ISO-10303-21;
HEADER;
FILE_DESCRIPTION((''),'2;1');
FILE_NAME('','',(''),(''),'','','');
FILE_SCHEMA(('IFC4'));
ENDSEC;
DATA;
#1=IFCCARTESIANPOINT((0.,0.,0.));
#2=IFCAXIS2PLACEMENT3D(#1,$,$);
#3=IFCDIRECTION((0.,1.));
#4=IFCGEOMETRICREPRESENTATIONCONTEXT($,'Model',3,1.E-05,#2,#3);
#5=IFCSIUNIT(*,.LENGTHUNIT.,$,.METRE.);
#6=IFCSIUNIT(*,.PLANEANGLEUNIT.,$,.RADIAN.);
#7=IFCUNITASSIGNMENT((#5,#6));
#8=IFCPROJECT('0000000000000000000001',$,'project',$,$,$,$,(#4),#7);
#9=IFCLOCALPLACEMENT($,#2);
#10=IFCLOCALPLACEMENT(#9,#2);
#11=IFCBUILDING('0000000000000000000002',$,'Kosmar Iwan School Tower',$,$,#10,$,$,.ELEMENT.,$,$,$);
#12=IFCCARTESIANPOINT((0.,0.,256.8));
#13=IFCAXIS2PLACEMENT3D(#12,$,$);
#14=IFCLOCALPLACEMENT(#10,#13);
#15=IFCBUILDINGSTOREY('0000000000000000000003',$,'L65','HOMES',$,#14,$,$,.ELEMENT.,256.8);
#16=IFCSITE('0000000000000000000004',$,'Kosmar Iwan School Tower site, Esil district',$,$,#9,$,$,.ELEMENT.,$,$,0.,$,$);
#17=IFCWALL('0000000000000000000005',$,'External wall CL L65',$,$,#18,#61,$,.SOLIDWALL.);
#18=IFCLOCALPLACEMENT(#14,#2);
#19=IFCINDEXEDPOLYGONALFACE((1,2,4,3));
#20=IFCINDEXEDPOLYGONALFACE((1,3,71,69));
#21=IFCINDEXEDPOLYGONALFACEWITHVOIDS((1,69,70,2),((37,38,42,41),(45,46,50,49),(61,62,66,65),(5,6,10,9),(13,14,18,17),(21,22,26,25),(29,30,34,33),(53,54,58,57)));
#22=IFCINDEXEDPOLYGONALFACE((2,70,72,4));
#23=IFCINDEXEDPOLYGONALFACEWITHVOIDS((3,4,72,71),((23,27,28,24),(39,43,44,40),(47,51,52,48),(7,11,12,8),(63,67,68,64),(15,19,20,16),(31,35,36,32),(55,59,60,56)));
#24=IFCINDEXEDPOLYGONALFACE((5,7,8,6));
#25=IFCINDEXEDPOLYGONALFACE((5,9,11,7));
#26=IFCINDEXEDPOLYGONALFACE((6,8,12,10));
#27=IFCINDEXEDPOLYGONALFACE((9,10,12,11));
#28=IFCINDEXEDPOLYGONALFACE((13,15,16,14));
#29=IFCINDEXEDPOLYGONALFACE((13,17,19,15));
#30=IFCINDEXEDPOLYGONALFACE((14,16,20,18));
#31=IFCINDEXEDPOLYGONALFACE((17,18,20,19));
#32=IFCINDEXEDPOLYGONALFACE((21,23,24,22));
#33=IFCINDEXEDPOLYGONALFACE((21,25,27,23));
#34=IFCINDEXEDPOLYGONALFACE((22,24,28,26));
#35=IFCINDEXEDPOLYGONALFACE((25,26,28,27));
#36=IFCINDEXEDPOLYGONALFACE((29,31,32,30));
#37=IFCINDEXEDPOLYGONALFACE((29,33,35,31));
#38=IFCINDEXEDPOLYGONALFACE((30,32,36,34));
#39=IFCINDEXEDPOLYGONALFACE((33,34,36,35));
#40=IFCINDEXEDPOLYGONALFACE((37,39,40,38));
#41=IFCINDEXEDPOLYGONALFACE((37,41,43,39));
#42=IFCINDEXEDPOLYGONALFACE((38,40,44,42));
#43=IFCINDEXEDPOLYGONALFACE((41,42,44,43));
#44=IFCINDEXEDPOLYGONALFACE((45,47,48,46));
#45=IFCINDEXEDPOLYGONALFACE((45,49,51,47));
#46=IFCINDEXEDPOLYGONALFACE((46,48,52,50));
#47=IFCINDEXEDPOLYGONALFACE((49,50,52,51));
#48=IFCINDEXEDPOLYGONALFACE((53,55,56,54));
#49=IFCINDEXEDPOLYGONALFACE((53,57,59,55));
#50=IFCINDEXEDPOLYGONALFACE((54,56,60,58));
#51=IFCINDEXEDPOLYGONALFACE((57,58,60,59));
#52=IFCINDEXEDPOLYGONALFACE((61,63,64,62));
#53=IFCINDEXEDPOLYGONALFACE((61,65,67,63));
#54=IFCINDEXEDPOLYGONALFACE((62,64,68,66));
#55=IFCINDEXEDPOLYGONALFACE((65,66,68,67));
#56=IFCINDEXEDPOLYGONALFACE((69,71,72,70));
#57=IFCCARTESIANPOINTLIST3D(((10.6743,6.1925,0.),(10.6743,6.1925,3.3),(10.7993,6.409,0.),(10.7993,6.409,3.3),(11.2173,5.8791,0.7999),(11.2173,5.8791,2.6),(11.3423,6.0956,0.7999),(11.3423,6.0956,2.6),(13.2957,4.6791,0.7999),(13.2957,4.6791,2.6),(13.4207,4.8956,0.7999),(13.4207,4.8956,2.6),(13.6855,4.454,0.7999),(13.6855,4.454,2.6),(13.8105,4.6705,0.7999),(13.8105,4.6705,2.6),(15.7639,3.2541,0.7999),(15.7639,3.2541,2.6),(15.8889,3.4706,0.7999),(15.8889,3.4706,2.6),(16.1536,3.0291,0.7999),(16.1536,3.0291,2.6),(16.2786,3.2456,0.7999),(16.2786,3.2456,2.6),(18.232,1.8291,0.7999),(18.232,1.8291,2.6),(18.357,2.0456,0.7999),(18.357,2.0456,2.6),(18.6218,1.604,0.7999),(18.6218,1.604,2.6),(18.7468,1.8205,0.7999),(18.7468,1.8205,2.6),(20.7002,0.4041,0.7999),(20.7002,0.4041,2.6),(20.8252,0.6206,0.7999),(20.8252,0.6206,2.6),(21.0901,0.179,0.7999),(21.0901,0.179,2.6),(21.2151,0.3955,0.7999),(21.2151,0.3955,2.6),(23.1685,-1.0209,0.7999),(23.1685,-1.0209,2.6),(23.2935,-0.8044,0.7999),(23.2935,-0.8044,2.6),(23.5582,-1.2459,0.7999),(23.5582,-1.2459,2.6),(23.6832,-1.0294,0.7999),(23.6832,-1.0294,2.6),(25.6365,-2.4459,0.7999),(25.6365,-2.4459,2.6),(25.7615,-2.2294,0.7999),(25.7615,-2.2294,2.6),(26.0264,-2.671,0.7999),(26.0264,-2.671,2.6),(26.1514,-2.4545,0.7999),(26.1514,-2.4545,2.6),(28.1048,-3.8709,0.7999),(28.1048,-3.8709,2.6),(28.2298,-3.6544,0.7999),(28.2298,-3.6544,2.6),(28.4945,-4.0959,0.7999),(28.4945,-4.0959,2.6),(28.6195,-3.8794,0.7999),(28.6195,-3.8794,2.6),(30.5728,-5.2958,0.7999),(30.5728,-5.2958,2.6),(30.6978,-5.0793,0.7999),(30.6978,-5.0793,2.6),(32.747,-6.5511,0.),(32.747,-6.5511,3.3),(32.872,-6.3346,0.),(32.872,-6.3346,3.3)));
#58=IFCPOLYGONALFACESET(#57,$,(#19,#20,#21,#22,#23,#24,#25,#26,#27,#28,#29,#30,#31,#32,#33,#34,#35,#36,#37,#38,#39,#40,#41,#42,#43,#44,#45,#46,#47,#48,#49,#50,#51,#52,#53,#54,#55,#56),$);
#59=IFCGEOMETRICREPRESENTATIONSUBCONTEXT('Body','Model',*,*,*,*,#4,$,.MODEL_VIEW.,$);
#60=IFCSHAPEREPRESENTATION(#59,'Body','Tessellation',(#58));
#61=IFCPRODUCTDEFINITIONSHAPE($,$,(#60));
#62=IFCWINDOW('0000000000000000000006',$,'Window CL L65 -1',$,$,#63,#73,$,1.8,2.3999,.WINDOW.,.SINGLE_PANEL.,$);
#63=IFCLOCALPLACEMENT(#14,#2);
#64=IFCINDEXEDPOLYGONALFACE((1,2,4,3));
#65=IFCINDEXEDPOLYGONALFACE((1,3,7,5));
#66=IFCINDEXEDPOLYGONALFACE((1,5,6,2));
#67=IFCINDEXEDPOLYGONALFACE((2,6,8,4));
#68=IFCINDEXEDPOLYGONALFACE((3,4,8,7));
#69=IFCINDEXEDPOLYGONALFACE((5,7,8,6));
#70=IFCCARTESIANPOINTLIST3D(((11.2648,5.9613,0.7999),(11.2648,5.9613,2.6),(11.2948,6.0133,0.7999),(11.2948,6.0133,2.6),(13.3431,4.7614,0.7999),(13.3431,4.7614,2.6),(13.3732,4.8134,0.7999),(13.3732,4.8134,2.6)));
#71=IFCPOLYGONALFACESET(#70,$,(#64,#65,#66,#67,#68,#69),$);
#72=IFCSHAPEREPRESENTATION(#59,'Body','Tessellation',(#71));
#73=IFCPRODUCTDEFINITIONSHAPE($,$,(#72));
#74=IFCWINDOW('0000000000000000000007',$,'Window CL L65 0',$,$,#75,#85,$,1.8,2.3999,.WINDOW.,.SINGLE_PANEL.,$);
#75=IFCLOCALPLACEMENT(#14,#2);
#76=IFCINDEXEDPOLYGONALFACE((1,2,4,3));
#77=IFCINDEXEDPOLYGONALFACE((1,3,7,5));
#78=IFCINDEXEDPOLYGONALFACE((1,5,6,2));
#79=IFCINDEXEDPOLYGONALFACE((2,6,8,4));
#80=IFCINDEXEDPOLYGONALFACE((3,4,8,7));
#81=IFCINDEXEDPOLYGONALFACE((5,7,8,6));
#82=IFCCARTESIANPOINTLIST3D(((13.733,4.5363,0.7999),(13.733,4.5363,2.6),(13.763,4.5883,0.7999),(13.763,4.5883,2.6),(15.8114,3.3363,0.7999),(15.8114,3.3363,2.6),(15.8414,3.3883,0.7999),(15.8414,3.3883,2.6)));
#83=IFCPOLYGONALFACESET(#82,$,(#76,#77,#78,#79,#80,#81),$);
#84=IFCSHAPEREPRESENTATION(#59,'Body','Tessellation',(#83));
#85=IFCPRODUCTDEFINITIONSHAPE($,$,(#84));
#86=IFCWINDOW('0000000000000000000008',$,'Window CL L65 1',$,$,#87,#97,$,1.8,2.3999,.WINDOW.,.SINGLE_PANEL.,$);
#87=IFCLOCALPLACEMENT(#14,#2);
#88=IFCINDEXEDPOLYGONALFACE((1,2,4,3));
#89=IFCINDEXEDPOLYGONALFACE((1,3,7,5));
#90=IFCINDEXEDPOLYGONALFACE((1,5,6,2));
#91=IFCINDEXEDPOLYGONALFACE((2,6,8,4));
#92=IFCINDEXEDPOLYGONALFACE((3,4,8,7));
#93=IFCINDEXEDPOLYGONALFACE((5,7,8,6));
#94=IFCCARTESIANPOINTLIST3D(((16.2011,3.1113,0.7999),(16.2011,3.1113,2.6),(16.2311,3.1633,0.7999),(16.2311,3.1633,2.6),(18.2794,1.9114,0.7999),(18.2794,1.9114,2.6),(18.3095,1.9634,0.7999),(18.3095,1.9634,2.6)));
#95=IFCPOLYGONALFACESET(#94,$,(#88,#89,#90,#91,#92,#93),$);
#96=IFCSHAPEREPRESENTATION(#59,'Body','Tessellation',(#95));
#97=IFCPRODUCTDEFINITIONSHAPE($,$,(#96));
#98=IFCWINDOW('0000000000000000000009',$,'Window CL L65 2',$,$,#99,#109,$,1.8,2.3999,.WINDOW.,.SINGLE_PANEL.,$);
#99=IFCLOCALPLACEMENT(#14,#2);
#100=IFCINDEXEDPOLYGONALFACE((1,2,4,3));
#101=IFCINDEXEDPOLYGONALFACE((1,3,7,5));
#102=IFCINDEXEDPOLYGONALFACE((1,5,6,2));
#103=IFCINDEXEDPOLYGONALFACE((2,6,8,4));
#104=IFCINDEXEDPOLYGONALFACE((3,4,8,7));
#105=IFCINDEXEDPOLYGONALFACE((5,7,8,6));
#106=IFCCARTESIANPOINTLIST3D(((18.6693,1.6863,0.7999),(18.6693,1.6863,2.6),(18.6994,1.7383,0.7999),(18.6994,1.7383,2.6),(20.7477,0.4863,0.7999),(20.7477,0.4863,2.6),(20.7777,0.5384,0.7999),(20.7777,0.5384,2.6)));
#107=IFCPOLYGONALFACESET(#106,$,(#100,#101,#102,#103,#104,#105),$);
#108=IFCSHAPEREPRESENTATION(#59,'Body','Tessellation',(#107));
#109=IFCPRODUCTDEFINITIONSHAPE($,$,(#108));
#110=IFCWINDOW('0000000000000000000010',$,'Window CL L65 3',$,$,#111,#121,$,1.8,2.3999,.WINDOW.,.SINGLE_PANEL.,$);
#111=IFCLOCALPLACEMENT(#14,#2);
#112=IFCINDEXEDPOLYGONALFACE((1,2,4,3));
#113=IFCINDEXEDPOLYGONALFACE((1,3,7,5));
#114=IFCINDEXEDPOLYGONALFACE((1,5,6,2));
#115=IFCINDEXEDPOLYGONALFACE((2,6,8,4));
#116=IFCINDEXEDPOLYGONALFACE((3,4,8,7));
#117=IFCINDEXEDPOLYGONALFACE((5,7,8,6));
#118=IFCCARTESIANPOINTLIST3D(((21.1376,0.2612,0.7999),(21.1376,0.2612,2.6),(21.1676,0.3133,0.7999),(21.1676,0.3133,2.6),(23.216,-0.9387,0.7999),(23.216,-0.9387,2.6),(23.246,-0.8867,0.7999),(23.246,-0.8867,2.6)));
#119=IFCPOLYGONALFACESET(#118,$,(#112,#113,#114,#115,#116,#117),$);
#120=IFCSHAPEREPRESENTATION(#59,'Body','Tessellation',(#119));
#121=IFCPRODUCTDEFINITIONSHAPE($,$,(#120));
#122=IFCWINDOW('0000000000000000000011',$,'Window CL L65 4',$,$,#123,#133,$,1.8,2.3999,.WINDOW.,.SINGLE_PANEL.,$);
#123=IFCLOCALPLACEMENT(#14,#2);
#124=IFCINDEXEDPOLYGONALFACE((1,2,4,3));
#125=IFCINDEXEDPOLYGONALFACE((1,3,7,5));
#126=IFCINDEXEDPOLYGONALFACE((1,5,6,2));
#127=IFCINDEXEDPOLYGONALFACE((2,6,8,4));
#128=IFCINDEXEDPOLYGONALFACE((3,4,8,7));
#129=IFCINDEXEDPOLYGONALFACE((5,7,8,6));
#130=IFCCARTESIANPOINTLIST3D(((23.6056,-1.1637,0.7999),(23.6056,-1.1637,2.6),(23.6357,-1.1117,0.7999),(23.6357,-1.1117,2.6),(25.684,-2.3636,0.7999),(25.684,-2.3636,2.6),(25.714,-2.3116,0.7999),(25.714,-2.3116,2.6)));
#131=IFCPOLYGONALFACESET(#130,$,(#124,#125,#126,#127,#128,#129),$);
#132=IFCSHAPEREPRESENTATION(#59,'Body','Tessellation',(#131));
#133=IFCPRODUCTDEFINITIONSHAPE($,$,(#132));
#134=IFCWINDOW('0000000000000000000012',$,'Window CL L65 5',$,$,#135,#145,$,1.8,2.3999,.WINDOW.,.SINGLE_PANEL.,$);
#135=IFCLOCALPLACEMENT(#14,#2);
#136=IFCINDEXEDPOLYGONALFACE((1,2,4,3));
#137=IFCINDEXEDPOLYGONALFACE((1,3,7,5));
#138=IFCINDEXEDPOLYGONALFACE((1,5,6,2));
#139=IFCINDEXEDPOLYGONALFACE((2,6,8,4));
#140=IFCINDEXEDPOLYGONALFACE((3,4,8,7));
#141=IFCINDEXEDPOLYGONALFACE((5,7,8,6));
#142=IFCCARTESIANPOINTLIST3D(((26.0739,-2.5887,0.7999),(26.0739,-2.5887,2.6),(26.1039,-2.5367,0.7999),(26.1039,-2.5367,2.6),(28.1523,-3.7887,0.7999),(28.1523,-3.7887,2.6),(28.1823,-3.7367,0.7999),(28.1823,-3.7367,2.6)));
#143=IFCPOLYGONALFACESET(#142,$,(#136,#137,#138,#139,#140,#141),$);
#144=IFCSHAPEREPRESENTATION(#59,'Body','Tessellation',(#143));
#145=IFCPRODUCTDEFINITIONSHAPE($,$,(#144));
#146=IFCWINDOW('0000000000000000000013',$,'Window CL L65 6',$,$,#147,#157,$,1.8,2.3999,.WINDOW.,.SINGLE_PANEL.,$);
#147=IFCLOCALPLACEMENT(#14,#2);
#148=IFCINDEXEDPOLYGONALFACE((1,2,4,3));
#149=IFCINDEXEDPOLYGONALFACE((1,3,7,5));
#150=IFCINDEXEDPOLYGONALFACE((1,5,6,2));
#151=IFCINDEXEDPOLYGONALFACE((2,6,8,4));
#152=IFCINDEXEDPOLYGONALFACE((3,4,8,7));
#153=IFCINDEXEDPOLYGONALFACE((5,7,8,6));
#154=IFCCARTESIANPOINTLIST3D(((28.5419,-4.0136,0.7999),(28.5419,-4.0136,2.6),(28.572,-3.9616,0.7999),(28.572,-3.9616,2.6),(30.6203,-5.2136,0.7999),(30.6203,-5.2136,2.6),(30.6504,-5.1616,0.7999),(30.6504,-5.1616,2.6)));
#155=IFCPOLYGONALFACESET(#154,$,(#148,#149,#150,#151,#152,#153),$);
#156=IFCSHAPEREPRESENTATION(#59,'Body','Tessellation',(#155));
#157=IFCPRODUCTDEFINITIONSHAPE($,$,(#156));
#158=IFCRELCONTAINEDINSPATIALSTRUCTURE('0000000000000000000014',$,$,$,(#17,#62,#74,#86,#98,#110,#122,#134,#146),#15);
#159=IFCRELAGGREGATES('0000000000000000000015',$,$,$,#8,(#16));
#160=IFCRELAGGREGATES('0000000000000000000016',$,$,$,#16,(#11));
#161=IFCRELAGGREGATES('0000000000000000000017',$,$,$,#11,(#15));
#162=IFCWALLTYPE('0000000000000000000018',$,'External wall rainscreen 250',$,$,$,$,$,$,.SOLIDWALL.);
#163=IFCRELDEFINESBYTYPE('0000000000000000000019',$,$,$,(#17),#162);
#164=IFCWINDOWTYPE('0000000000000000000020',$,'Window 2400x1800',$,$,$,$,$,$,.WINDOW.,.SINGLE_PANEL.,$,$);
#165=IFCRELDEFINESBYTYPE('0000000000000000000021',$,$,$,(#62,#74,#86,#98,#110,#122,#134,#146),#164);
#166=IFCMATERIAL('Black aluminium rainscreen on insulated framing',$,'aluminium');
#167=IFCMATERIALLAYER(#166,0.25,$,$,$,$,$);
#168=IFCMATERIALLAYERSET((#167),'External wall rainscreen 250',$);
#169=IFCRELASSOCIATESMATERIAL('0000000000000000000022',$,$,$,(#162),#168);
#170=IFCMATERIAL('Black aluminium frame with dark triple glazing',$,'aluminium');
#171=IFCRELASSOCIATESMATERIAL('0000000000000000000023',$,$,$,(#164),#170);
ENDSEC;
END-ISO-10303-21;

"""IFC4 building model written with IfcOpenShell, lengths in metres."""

from ifc_helpers import new_model, si_unit, direction, frame, frame_2d, origin, place, context, subcontext, project, spatial, rectangle, extrude, material, layer, layer_set, type_object, element, fill, save


model = new_model("IFC4")

# Units and contexts
model_context = context("Model", 3, precision=1e-05, world=origin(), true_north=direction((0.0, 1.0)))
body_context = subcontext(model_context, "Body", "Model", "MODEL_VIEW")
ifc_project = project(units=[si_unit("LENGTHUNIT", "METRE"), si_unit("PLANEANGLEUNIT", "RADIAN")], contexts=[model_context])

# Site, building, storey
site_placement = place(None, origin())
site = spatial("IfcSite", under=ifc_project, at=site_placement, Name="Kosmar Iwan School Tower site, Esil district", CompositionType="ELEMENT", RefElevation=0.0)
building_placement = place(site_placement, origin())
building = spatial("IfcBuilding", under=site, at=building_placement, Name="Kosmar Iwan School Tower", CompositionType="ELEMENT")
storey_placement = place(building_placement, frame((0.0, 0.0, 256.8)))
storey = spatial("IfcBuildingStorey", under=building, at=storey_placement, Name="L65", Description="HOMES", CompositionType="ELEMENT", Elevation=256.8)

# Wall, openings, windows
ifc_material_1 = material(Name="Black aluminium rainscreen on insulated framing", Category="aluminium")
ifc_layer = layer(ifc_material_1, 0.25)
ifc_layer_set = layer_set([ifc_layer], Name="External wall rainscreen 250")
wall_type = type_object("IfcWallType", Name="External wall rainscreen 250", PredefinedType="SOLIDWALL", material=ifc_layer_set)
wall_1_placement = place(storey_placement, frame((10.7368, 6.3008, 0.0), z_axis=(0.0, 0.0, 1.0), x_axis=(0.866026, -0.499998, 0.0)))
wall_1 = element("IfcWall", 1, at=wall_1_placement, inside=storey, type_object=wall_type, Name="External wall CL L65", PredefinedType="SOLIDWALL", context=body_context, shape_type="SweptSolid", body=[
    extrude(rectangle(XDim=25.4873, YDim=0.25, at=frame_2d((12.7437, 0.0))), origin(), (0.0, 0.0, 1.0), 3.3),
])
opening_1_placement = place(wall_1_placement, frame((0.627, 0.0, 0.8)))
opening_1 = element("IfcOpeningElement", 2, at=opening_1_placement, cuts=wall_1, PredefinedType="OPENING", context=body_context, shape_type="SweptSolid", body=[
    extrude(rectangle(XDim=2.3999, YDim=1.8, at=frame_2d((1.2, 0.8999))), frame((0.0, 0.137, 0.0), z_axis=(0.0, -1.0, 0.0), x_axis=(1.0, 0.0, 0.0)), (0.0, 0.0, 1.0), 0.2739),
])
opening_2_placement = place(wall_1_placement, frame((3.4771, 0.0, 0.8)))
opening_2 = element("IfcOpeningElement", 3, at=opening_2_placement, cuts=wall_1, PredefinedType="OPENING", context=body_context, shape_type="SweptSolid", body=[
    extrude(rectangle(XDim=2.3999, YDim=1.8, at=frame_2d((1.2, 0.8999))), frame((0.0, 0.137, 0.0), z_axis=(0.0, -1.0, 0.0), x_axis=(1.0, 0.0, 0.0)), (0.0, 0.0, 1.0), 0.2739),
])
opening_3_placement = place(wall_1_placement, frame((6.3269, 0.0, 0.8)))
opening_3 = element("IfcOpeningElement", 4, at=opening_3_placement, cuts=wall_1, PredefinedType="OPENING", context=body_context, shape_type="SweptSolid", body=[
    extrude(rectangle(XDim=2.3999, YDim=1.8, at=frame_2d((1.2, 0.8999))), frame((0.0, 0.137, 0.0), z_axis=(0.0, -1.0, 0.0), x_axis=(1.0, 0.0, 0.0)), (0.0, 0.0, 1.0), 0.2739),
])
opening_4_placement = place(wall_1_placement, frame((9.177, 0.0, 0.8)))
opening_4 = element("IfcOpeningElement", 5, at=opening_4_placement, cuts=wall_1, PredefinedType="OPENING", context=body_context, shape_type="SweptSolid", body=[
    extrude(rectangle(XDim=2.3999, YDim=1.8, at=frame_2d((1.2, 0.8999))), frame((0.0, 0.137, 0.0), z_axis=(0.0, -1.0, 0.0), x_axis=(1.0, 0.0, 0.0)), (0.0, 0.0, 1.0), 0.2739),
])
opening_5_placement = place(wall_1_placement, frame((12.0271, 0.0, 0.8)))
opening_5 = element("IfcOpeningElement", 6, at=opening_5_placement, cuts=wall_1, PredefinedType="OPENING", context=body_context, shape_type="SweptSolid", body=[
    extrude(rectangle(XDim=2.3999, YDim=1.8, at=frame_2d((1.2, 0.8999))), frame((0.0, 0.137, 0.0), z_axis=(0.0, -1.0, 0.0), x_axis=(1.0, 0.0, 0.0)), (0.0, 0.0, 1.0), 0.2739),
])
opening_6_placement = place(wall_1_placement, frame((14.877, 0.0, 0.8)))
opening_6 = element("IfcOpeningElement", 7, at=opening_6_placement, cuts=wall_1, PredefinedType="OPENING", context=body_context, shape_type="SweptSolid", body=[
    extrude(rectangle(XDim=2.3999, YDim=1.8, at=frame_2d((1.2, 0.8999))), frame((0.0, 0.137, 0.0), z_axis=(0.0, -1.0, 0.0), x_axis=(1.0, 0.0, 0.0)), (0.0, 0.0, 1.0), 0.2739),
])
opening_7_placement = place(wall_1_placement, frame((17.7271, 0.0, 0.8)))
opening_7 = element("IfcOpeningElement", 8, at=opening_7_placement, cuts=wall_1, PredefinedType="OPENING", context=body_context, shape_type="SweptSolid", body=[
    extrude(rectangle(XDim=2.3999, YDim=1.8, at=frame_2d((1.2, 0.8999))), frame((0.0, 0.137, 0.0), z_axis=(0.0, -1.0, 0.0), x_axis=(1.0, 0.0, 0.0)), (0.0, 0.0, 1.0), 0.2739),
])
opening_8_placement = place(wall_1_placement, frame((20.5769, 0.0, 0.8)))
opening_8 = element("IfcOpeningElement", 9, at=opening_8_placement, cuts=wall_1, PredefinedType="OPENING", context=body_context, shape_type="SweptSolid", body=[
    extrude(rectangle(XDim=2.3999, YDim=1.8, at=frame_2d((1.2, 0.8999))), frame((0.0, 0.137, 0.0), z_axis=(0.0, -1.0, 0.0), x_axis=(1.0, 0.0, 0.0)), (0.0, 0.0, 1.0), 0.2739),
])
ifc_material_2 = material(Name="Black aluminium frame with dark triple glazing", Category="aluminium")
window_type = type_object("IfcWindowType", Name="Window 2400x1800", PartitioningType="SINGLE_PANEL", PredefinedType="WINDOW", material=ifc_material_2)
window_1_placement = place(opening_1_placement, origin())
window_1 = element("IfcWindow", 10, at=window_1_placement, inside=storey, type_object=window_type, Name="Window CL L65 -1", OverallHeight=1.8, OverallWidth=2.3999, PartitioningType="SINGLE_PANEL", PredefinedType="WINDOW", context=body_context, shape_type="SweptSolid", body=[
    extrude(rectangle(XDim=2.3999, YDim=1.8, at=frame_2d((1.2, 0.8999))), frame((0.0, 0.03, 0.0), z_axis=(0.0, -1.0, 0.0), x_axis=(1.0, 0.0, 0.0)), (0.0, 0.0, 1.0), 0.0601),
])
fill(opening_1, window_1)
window_2_placement = place(opening_2_placement, origin())
window_2 = element("IfcWindow", 11, at=window_2_placement, inside=storey, type_object=window_type, Name="Window CL L65 0", OverallHeight=1.8, OverallWidth=2.3999, PartitioningType="SINGLE_PANEL", PredefinedType="WINDOW", context=body_context, shape_type="SweptSolid", body=[
    extrude(rectangle(XDim=2.3999, YDim=1.8, at=frame_2d((1.2, 0.8999))), frame((0.0, 0.03, 0.0), z_axis=(0.0, -1.0, 0.0), x_axis=(1.0, 0.0, 0.0)), (0.0, 0.0, 1.0), 0.0601),
])
fill(opening_2, window_2)
window_3_placement = place(opening_3_placement, origin())
window_3 = element("IfcWindow", 12, at=window_3_placement, inside=storey, type_object=window_type, Name="Window CL L65 1", OverallHeight=1.8, OverallWidth=2.3999, PartitioningType="SINGLE_PANEL", PredefinedType="WINDOW", context=body_context, shape_type="SweptSolid", body=[
    extrude(rectangle(XDim=2.3999, YDim=1.8, at=frame_2d((1.2, 0.8999))), frame((0.0, 0.03, 0.0), z_axis=(0.0, -1.0, 0.0), x_axis=(1.0, 0.0, 0.0)), (0.0, 0.0, 1.0), 0.0601),
])
fill(opening_3, window_3)
window_4_placement = place(opening_4_placement, origin())
window_4 = element("IfcWindow", 13, at=window_4_placement, inside=storey, type_object=window_type, Name="Window CL L65 2", OverallHeight=1.8, OverallWidth=2.3999, PartitioningType="SINGLE_PANEL", PredefinedType="WINDOW", context=body_context, shape_type="SweptSolid", body=[
    extrude(rectangle(XDim=2.3999, YDim=1.8, at=frame_2d((1.2, 0.8999))), frame((0.0, 0.03, 0.0), z_axis=(0.0, -1.0, 0.0), x_axis=(1.0, 0.0, 0.0)), (0.0, 0.0, 1.0), 0.0601),
])
fill(opening_4, window_4)
window_5_placement = place(opening_5_placement, origin())
window_5 = element("IfcWindow", 14, at=window_5_placement, inside=storey, type_object=window_type, Name="Window CL L65 3", OverallHeight=1.8, OverallWidth=2.3999, PartitioningType="SINGLE_PANEL", PredefinedType="WINDOW", context=body_context, shape_type="SweptSolid", body=[
    extrude(rectangle(XDim=2.3999, YDim=1.8, at=frame_2d((1.2, 0.8999))), frame((0.0, 0.03, 0.0), z_axis=(0.0, -1.0, 0.0), x_axis=(1.0, 0.0, 0.0)), (0.0, 0.0, 1.0), 0.0601),
])
fill(opening_5, window_5)
window_6_placement = place(opening_6_placement, origin())
window_6 = element("IfcWindow", 15, at=window_6_placement, inside=storey, type_object=window_type, Name="Window CL L65 4", OverallHeight=1.8, OverallWidth=2.3999, PartitioningType="SINGLE_PANEL", PredefinedType="WINDOW", context=body_context, shape_type="SweptSolid", body=[
    extrude(rectangle(XDim=2.3999, YDim=1.8, at=frame_2d((1.2, 0.8999))), frame((0.0, 0.03, 0.0), z_axis=(0.0, -1.0, 0.0), x_axis=(1.0, 0.0, 0.0)), (0.0, 0.0, 1.0), 0.0601),
])
fill(opening_6, window_6)
window_7_placement = place(opening_7_placement, origin())
window_7 = element("IfcWindow", 16, at=window_7_placement, inside=storey, type_object=window_type, Name="Window CL L65 5", OverallHeight=1.8, OverallWidth=2.3999, PartitioningType="SINGLE_PANEL", PredefinedType="WINDOW", context=body_context, shape_type="SweptSolid", body=[
    extrude(rectangle(XDim=2.3999, YDim=1.8, at=frame_2d((1.2, 0.8999))), frame((0.0, 0.03, 0.0), z_axis=(0.0, -1.0, 0.0), x_axis=(1.0, 0.0, 0.0)), (0.0, 0.0, 1.0), 0.0601),
])
fill(opening_7, window_7)
window_8_placement = place(opening_8_placement, origin())
window_8 = element("IfcWindow", 17, at=window_8_placement, inside=storey, type_object=window_type, Name="Window CL L65 6", OverallHeight=1.8, OverallWidth=2.3999, PartitioningType="SINGLE_PANEL", PredefinedType="WINDOW", context=body_context, shape_type="SweptSolid", body=[
    extrude(rectangle(XDim=2.3999, YDim=1.8, at=frame_2d((1.2, 0.8999))), frame((0.0, 0.03, 0.0), z_axis=(0.0, -1.0, 0.0), x_axis=(1.0, 0.0, 0.0)), (0.0, 0.0, 1.0), 0.0601),
])
fill(opening_8, window_8)

save(model, "model.ifc")
